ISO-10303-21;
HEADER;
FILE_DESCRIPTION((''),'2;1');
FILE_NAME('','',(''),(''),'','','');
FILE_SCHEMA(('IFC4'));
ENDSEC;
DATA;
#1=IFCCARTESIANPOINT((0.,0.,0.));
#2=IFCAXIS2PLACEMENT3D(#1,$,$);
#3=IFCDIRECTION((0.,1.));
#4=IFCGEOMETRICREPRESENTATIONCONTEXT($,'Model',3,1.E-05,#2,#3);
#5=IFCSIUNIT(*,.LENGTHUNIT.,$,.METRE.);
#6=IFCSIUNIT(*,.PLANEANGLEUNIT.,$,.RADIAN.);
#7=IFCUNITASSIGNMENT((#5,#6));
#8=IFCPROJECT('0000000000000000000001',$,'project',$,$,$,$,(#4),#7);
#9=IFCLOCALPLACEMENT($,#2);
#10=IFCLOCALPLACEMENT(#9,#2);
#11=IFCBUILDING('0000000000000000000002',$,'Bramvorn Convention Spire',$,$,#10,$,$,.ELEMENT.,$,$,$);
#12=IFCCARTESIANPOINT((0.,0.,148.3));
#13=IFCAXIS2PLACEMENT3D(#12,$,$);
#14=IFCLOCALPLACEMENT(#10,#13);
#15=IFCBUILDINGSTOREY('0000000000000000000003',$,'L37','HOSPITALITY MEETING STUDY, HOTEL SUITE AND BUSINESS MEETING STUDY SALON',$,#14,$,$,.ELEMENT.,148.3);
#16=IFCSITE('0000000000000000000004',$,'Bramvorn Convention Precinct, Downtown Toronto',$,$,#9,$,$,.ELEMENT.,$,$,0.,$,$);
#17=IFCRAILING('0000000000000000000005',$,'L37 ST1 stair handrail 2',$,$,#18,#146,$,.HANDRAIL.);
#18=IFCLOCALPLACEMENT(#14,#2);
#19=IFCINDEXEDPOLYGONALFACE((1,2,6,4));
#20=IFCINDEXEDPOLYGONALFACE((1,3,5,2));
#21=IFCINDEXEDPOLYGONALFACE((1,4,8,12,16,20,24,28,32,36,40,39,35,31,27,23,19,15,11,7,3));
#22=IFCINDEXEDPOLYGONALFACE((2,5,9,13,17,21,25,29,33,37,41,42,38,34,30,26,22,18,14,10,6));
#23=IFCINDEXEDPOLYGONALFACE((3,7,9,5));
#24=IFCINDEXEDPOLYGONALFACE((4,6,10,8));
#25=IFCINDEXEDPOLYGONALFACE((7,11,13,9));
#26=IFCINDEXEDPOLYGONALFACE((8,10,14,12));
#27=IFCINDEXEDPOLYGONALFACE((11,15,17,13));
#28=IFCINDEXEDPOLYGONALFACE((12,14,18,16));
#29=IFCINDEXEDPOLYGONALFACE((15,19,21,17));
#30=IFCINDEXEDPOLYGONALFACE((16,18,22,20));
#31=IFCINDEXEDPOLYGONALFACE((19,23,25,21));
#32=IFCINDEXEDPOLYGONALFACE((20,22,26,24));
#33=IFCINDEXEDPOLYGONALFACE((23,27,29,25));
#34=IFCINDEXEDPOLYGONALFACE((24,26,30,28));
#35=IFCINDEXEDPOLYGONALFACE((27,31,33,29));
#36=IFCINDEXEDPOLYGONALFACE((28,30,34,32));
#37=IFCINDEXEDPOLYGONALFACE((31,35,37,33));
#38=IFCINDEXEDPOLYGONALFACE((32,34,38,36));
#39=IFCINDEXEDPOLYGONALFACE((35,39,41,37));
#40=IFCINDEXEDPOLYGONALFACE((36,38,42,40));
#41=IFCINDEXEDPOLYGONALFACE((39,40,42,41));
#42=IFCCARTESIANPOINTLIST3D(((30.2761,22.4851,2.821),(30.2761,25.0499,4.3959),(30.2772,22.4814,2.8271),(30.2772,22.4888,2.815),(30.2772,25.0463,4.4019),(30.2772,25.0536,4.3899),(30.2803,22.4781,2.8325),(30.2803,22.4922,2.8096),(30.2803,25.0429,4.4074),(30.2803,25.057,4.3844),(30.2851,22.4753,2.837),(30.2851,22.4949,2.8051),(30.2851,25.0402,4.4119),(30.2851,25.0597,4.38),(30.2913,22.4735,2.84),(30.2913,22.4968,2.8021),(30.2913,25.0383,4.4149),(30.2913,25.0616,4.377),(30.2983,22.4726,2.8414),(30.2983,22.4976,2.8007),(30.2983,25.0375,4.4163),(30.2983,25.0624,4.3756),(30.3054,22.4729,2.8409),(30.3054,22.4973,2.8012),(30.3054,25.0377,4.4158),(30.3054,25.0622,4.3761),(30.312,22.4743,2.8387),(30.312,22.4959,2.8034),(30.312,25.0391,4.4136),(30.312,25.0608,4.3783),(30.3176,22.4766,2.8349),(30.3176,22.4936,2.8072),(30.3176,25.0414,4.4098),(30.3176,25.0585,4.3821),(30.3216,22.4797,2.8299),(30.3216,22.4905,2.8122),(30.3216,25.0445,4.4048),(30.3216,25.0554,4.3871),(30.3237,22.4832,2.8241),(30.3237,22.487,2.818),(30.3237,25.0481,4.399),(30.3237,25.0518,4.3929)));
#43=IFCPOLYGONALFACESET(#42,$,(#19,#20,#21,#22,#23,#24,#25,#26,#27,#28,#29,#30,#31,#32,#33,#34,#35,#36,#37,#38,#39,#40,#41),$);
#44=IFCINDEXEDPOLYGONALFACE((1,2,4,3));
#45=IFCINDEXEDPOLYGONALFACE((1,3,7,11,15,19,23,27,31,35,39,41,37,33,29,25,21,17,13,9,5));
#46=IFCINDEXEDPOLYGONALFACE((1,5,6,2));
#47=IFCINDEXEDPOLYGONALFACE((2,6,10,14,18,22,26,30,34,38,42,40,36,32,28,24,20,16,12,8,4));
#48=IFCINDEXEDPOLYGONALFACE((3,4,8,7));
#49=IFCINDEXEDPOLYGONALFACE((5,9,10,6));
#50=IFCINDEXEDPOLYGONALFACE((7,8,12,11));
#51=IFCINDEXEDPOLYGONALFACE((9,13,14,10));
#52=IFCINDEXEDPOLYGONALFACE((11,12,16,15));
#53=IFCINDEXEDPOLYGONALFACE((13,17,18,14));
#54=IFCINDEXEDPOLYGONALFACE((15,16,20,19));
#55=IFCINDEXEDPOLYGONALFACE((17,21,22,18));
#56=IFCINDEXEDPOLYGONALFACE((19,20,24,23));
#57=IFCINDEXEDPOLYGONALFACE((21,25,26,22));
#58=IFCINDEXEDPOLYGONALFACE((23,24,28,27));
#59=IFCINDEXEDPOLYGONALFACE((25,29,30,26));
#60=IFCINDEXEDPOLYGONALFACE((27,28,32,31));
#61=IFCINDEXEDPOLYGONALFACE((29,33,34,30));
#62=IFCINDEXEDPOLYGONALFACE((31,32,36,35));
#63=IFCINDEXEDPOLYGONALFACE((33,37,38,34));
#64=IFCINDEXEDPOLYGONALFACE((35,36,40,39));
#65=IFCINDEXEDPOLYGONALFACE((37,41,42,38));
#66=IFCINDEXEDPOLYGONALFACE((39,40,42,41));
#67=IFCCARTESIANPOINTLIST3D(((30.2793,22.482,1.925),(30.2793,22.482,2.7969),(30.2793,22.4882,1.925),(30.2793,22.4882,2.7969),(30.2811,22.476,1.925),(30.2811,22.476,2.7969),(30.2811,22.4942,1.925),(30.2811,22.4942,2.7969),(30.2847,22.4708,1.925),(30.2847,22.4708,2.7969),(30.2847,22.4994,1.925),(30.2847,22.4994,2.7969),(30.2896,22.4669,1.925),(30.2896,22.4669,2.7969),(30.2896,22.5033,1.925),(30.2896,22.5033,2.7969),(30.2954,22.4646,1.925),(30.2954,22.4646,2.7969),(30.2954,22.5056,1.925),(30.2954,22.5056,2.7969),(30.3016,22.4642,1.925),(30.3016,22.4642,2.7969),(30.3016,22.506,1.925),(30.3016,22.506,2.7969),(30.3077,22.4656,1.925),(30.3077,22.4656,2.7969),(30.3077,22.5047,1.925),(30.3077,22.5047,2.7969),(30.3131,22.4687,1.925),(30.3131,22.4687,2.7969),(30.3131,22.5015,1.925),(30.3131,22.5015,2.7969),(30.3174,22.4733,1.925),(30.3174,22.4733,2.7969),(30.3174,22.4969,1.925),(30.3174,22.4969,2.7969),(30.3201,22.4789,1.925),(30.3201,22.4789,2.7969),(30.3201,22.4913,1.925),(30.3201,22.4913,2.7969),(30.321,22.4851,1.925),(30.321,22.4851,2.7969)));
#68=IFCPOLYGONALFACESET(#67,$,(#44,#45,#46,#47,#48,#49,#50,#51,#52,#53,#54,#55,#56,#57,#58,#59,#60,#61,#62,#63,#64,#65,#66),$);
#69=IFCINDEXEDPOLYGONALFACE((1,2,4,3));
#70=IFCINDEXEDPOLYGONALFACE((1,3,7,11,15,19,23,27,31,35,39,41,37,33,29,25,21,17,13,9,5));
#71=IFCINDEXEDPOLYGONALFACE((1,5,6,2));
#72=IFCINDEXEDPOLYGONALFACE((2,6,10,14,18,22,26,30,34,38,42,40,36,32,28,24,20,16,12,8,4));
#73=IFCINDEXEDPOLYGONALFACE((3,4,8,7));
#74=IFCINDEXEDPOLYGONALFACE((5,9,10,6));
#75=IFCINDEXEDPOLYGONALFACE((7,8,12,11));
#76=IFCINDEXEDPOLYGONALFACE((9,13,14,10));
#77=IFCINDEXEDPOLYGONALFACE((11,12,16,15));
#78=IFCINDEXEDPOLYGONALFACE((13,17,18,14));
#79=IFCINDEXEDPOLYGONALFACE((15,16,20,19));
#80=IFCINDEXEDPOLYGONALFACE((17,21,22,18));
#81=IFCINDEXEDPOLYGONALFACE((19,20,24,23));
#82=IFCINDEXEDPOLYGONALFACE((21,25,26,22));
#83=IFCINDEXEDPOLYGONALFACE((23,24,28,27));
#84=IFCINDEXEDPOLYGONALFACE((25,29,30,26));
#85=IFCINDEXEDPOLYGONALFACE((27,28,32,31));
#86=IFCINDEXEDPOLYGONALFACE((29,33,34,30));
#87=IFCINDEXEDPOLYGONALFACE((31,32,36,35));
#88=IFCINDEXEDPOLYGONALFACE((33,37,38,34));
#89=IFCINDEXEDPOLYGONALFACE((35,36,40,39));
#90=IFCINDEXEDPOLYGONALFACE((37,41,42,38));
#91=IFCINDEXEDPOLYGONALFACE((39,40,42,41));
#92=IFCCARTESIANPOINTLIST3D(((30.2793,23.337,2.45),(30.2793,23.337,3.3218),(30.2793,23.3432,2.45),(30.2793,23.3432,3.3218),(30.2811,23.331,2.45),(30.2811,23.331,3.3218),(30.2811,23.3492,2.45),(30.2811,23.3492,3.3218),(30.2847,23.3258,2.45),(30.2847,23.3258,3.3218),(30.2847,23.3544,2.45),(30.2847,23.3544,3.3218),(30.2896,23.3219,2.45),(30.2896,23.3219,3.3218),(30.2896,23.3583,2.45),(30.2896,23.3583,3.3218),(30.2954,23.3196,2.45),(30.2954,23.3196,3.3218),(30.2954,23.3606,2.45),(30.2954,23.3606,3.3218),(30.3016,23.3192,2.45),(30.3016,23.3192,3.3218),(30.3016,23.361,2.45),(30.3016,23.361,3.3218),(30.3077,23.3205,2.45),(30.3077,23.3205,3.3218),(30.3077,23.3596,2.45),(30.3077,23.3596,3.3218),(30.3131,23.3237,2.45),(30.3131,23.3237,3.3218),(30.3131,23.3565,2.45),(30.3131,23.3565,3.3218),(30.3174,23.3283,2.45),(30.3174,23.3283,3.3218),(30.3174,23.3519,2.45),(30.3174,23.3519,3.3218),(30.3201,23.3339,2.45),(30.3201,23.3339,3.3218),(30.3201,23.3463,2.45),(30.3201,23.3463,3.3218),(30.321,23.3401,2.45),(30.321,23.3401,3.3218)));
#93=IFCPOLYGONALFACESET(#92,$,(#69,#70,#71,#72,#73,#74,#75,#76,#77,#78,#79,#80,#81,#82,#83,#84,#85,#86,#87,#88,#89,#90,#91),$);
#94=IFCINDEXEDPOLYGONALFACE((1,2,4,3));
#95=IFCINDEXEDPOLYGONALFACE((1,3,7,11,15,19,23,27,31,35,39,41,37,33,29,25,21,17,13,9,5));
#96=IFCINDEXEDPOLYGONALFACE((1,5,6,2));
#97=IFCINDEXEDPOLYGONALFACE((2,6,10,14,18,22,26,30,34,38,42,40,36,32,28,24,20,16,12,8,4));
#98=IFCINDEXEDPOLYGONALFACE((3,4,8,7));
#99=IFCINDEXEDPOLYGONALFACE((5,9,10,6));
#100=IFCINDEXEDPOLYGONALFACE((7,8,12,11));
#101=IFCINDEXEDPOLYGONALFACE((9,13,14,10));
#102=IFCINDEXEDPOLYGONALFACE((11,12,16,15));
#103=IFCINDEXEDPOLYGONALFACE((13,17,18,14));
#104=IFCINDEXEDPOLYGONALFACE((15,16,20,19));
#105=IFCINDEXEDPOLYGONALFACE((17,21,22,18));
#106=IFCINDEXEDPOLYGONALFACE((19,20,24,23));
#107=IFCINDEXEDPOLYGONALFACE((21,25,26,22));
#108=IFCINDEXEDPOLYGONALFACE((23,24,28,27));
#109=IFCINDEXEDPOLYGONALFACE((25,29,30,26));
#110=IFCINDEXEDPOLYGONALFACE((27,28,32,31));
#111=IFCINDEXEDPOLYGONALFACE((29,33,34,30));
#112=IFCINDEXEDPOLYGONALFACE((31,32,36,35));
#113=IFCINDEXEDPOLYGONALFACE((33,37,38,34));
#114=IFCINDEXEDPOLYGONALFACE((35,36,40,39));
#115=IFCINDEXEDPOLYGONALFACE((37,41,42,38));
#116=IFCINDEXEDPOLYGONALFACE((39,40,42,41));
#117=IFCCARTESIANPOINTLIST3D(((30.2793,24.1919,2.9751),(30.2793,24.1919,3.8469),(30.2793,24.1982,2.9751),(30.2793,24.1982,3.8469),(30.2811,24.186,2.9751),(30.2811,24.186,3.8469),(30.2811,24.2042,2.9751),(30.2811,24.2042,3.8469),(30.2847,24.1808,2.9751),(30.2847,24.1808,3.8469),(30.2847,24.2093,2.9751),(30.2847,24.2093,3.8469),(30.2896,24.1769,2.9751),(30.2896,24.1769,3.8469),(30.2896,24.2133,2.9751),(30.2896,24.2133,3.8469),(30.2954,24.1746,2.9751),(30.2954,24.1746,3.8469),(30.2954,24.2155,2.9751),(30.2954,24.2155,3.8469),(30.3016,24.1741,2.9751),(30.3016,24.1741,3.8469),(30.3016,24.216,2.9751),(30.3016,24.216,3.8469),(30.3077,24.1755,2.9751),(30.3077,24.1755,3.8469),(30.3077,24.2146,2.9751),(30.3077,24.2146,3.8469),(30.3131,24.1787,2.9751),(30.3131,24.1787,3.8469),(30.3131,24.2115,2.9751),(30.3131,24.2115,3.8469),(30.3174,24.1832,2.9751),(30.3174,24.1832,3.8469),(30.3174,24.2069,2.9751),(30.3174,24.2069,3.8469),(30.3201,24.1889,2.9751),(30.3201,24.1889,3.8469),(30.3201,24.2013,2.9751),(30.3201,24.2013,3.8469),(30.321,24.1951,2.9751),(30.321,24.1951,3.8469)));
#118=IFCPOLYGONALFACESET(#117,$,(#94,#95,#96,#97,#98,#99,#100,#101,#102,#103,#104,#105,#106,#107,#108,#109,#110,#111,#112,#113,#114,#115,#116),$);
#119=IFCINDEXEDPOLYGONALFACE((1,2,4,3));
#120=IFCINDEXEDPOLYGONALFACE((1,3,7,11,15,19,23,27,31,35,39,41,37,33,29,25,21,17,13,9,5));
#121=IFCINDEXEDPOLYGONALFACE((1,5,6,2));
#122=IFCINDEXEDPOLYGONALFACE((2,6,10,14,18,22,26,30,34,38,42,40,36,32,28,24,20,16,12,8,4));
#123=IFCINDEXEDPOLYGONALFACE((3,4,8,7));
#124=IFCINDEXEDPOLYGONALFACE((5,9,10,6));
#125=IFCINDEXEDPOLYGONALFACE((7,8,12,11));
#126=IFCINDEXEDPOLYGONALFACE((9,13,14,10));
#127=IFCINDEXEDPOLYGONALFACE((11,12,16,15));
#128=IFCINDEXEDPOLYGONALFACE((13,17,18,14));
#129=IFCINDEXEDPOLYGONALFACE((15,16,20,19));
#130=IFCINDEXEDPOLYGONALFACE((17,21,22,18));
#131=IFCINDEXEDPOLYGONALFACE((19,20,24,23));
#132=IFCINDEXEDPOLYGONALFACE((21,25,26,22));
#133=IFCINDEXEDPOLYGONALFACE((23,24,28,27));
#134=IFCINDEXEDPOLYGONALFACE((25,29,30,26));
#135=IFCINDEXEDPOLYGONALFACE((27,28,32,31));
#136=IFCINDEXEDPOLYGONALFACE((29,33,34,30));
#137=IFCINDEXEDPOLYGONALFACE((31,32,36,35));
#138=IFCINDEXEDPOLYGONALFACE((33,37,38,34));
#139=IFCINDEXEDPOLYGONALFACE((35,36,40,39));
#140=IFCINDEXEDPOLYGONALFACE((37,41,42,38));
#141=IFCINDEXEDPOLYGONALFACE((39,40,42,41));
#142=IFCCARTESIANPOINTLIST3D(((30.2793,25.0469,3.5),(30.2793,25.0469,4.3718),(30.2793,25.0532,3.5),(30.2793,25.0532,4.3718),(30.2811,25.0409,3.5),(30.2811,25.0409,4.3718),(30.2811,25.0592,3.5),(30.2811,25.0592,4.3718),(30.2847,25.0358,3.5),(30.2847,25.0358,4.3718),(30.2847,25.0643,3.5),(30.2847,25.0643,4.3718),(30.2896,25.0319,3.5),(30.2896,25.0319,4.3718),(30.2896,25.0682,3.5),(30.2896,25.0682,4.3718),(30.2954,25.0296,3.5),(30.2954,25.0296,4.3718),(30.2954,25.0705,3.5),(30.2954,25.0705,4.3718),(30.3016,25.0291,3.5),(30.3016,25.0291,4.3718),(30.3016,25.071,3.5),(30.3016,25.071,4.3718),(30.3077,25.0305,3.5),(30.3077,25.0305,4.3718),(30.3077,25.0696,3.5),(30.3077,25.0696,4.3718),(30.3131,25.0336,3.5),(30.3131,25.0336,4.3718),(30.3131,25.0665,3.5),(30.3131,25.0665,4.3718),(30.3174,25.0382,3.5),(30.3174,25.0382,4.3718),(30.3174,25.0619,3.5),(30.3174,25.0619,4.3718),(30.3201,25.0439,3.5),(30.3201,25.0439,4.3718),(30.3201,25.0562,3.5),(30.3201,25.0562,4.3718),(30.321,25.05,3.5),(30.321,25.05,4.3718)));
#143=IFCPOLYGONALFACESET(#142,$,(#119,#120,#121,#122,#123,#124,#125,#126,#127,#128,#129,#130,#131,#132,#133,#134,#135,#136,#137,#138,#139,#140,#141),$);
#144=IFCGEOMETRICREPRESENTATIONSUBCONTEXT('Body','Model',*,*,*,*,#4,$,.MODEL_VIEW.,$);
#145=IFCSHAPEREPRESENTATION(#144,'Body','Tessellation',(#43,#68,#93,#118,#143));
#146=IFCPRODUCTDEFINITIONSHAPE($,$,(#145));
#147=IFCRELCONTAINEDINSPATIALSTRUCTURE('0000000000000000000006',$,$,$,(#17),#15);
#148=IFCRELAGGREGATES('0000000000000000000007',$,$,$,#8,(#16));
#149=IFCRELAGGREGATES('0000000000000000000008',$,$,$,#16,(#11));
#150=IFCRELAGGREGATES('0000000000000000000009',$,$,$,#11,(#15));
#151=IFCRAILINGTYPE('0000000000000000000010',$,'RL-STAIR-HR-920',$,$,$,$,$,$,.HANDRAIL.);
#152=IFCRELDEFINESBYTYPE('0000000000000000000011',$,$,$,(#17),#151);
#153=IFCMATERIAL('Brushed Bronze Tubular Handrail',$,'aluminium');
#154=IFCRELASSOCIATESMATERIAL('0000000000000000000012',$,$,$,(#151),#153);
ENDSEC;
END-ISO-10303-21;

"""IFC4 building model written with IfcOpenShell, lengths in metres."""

from ifc_helpers import new_model, si_unit, direction, frame, origin, origin_2d, place, context, subcontext, project, spatial, circle, extrude, material, type_object, element, save


model = new_model("IFC4")

# Units and contexts
model_context = context("Model", 3, precision=1e-05, world=origin(), true_north=direction((0.0, 1.0)))
body_context = subcontext(model_context, "Body", "Model", "MODEL_VIEW")
ifc_project = project(units=[si_unit("LENGTHUNIT", "METRE"), si_unit("PLANEANGLEUNIT", "RADIAN")], contexts=[model_context])

# Site, building, storey
site_placement = place(None, origin())
site = spatial("IfcSite", under=ifc_project, at=site_placement, Name="Bramvorn Convention Precinct, Downtown Toronto", CompositionType="ELEMENT", RefElevation=0.0)
building_placement = place(site_placement, origin())
building = spatial("IfcBuilding", under=site, at=building_placement, Name="Bramvorn Convention Spire", CompositionType="ELEMENT")
storey_placement = place(building_placement, frame((0.0, 0.0, 148.3)))
storey = spatial("IfcBuildingStorey", under=building, at=storey_placement, Name="L37", Description="HOSPITALITY MEETING STUDY, HOTEL SUITE AND BUSINESS MEETING STUDY SALON", CompositionType="ELEMENT", Elevation=148.3)

# Railing
ifc_material_1 = material(Name="Brushed Bronze Tubular Handrail", Category="aluminium")
railing_type_1 = type_object("IfcRailingType", Name="RL-STAIR-HR-920", PredefinedType="HANDRAIL", material=ifc_material_1)
railing_1_placement = place(storey_placement, frame((30.3, 22.4851, 1.925)))
element("IfcRailing", 1, at=railing_1_placement, inside=storey, type_object=railing_type_1, Name="L37 ST1 stair handrail 2", PredefinedType="HANDRAIL", context=body_context, shape_type="SweptSolid", body=[
    extrude(circle(Radius=0.0239, at=origin_2d()), frame((0.0, 0.0, 0.896), z_axis=(0.0, 0.852173, 0.52326), x_axis=(-1.0, 0.0, 0.0)), (0.0, 0.0, 1.0), 3.0098),
    extrude(circle(Radius=0.021, at=origin_2d()), origin(), (0.0, 0.0, 1.0), 0.8718),
    extrude(circle(Radius=0.021, at=origin_2d()), frame((0.0, 0.855, 0.5249)), (0.0, 0.0, 1.0), 0.8718),
    extrude(circle(Radius=0.021, at=origin_2d()), frame((0.0, 1.71, 1.05)), (0.0, 0.0, 1.0), 0.8718),
    extrude(circle(Radius=0.021, at=origin_2d()), frame((0.0, 2.5649, 1.575)), (0.0, 0.0, 1.0), 0.8718),
])

save(model, "model.ifc")
